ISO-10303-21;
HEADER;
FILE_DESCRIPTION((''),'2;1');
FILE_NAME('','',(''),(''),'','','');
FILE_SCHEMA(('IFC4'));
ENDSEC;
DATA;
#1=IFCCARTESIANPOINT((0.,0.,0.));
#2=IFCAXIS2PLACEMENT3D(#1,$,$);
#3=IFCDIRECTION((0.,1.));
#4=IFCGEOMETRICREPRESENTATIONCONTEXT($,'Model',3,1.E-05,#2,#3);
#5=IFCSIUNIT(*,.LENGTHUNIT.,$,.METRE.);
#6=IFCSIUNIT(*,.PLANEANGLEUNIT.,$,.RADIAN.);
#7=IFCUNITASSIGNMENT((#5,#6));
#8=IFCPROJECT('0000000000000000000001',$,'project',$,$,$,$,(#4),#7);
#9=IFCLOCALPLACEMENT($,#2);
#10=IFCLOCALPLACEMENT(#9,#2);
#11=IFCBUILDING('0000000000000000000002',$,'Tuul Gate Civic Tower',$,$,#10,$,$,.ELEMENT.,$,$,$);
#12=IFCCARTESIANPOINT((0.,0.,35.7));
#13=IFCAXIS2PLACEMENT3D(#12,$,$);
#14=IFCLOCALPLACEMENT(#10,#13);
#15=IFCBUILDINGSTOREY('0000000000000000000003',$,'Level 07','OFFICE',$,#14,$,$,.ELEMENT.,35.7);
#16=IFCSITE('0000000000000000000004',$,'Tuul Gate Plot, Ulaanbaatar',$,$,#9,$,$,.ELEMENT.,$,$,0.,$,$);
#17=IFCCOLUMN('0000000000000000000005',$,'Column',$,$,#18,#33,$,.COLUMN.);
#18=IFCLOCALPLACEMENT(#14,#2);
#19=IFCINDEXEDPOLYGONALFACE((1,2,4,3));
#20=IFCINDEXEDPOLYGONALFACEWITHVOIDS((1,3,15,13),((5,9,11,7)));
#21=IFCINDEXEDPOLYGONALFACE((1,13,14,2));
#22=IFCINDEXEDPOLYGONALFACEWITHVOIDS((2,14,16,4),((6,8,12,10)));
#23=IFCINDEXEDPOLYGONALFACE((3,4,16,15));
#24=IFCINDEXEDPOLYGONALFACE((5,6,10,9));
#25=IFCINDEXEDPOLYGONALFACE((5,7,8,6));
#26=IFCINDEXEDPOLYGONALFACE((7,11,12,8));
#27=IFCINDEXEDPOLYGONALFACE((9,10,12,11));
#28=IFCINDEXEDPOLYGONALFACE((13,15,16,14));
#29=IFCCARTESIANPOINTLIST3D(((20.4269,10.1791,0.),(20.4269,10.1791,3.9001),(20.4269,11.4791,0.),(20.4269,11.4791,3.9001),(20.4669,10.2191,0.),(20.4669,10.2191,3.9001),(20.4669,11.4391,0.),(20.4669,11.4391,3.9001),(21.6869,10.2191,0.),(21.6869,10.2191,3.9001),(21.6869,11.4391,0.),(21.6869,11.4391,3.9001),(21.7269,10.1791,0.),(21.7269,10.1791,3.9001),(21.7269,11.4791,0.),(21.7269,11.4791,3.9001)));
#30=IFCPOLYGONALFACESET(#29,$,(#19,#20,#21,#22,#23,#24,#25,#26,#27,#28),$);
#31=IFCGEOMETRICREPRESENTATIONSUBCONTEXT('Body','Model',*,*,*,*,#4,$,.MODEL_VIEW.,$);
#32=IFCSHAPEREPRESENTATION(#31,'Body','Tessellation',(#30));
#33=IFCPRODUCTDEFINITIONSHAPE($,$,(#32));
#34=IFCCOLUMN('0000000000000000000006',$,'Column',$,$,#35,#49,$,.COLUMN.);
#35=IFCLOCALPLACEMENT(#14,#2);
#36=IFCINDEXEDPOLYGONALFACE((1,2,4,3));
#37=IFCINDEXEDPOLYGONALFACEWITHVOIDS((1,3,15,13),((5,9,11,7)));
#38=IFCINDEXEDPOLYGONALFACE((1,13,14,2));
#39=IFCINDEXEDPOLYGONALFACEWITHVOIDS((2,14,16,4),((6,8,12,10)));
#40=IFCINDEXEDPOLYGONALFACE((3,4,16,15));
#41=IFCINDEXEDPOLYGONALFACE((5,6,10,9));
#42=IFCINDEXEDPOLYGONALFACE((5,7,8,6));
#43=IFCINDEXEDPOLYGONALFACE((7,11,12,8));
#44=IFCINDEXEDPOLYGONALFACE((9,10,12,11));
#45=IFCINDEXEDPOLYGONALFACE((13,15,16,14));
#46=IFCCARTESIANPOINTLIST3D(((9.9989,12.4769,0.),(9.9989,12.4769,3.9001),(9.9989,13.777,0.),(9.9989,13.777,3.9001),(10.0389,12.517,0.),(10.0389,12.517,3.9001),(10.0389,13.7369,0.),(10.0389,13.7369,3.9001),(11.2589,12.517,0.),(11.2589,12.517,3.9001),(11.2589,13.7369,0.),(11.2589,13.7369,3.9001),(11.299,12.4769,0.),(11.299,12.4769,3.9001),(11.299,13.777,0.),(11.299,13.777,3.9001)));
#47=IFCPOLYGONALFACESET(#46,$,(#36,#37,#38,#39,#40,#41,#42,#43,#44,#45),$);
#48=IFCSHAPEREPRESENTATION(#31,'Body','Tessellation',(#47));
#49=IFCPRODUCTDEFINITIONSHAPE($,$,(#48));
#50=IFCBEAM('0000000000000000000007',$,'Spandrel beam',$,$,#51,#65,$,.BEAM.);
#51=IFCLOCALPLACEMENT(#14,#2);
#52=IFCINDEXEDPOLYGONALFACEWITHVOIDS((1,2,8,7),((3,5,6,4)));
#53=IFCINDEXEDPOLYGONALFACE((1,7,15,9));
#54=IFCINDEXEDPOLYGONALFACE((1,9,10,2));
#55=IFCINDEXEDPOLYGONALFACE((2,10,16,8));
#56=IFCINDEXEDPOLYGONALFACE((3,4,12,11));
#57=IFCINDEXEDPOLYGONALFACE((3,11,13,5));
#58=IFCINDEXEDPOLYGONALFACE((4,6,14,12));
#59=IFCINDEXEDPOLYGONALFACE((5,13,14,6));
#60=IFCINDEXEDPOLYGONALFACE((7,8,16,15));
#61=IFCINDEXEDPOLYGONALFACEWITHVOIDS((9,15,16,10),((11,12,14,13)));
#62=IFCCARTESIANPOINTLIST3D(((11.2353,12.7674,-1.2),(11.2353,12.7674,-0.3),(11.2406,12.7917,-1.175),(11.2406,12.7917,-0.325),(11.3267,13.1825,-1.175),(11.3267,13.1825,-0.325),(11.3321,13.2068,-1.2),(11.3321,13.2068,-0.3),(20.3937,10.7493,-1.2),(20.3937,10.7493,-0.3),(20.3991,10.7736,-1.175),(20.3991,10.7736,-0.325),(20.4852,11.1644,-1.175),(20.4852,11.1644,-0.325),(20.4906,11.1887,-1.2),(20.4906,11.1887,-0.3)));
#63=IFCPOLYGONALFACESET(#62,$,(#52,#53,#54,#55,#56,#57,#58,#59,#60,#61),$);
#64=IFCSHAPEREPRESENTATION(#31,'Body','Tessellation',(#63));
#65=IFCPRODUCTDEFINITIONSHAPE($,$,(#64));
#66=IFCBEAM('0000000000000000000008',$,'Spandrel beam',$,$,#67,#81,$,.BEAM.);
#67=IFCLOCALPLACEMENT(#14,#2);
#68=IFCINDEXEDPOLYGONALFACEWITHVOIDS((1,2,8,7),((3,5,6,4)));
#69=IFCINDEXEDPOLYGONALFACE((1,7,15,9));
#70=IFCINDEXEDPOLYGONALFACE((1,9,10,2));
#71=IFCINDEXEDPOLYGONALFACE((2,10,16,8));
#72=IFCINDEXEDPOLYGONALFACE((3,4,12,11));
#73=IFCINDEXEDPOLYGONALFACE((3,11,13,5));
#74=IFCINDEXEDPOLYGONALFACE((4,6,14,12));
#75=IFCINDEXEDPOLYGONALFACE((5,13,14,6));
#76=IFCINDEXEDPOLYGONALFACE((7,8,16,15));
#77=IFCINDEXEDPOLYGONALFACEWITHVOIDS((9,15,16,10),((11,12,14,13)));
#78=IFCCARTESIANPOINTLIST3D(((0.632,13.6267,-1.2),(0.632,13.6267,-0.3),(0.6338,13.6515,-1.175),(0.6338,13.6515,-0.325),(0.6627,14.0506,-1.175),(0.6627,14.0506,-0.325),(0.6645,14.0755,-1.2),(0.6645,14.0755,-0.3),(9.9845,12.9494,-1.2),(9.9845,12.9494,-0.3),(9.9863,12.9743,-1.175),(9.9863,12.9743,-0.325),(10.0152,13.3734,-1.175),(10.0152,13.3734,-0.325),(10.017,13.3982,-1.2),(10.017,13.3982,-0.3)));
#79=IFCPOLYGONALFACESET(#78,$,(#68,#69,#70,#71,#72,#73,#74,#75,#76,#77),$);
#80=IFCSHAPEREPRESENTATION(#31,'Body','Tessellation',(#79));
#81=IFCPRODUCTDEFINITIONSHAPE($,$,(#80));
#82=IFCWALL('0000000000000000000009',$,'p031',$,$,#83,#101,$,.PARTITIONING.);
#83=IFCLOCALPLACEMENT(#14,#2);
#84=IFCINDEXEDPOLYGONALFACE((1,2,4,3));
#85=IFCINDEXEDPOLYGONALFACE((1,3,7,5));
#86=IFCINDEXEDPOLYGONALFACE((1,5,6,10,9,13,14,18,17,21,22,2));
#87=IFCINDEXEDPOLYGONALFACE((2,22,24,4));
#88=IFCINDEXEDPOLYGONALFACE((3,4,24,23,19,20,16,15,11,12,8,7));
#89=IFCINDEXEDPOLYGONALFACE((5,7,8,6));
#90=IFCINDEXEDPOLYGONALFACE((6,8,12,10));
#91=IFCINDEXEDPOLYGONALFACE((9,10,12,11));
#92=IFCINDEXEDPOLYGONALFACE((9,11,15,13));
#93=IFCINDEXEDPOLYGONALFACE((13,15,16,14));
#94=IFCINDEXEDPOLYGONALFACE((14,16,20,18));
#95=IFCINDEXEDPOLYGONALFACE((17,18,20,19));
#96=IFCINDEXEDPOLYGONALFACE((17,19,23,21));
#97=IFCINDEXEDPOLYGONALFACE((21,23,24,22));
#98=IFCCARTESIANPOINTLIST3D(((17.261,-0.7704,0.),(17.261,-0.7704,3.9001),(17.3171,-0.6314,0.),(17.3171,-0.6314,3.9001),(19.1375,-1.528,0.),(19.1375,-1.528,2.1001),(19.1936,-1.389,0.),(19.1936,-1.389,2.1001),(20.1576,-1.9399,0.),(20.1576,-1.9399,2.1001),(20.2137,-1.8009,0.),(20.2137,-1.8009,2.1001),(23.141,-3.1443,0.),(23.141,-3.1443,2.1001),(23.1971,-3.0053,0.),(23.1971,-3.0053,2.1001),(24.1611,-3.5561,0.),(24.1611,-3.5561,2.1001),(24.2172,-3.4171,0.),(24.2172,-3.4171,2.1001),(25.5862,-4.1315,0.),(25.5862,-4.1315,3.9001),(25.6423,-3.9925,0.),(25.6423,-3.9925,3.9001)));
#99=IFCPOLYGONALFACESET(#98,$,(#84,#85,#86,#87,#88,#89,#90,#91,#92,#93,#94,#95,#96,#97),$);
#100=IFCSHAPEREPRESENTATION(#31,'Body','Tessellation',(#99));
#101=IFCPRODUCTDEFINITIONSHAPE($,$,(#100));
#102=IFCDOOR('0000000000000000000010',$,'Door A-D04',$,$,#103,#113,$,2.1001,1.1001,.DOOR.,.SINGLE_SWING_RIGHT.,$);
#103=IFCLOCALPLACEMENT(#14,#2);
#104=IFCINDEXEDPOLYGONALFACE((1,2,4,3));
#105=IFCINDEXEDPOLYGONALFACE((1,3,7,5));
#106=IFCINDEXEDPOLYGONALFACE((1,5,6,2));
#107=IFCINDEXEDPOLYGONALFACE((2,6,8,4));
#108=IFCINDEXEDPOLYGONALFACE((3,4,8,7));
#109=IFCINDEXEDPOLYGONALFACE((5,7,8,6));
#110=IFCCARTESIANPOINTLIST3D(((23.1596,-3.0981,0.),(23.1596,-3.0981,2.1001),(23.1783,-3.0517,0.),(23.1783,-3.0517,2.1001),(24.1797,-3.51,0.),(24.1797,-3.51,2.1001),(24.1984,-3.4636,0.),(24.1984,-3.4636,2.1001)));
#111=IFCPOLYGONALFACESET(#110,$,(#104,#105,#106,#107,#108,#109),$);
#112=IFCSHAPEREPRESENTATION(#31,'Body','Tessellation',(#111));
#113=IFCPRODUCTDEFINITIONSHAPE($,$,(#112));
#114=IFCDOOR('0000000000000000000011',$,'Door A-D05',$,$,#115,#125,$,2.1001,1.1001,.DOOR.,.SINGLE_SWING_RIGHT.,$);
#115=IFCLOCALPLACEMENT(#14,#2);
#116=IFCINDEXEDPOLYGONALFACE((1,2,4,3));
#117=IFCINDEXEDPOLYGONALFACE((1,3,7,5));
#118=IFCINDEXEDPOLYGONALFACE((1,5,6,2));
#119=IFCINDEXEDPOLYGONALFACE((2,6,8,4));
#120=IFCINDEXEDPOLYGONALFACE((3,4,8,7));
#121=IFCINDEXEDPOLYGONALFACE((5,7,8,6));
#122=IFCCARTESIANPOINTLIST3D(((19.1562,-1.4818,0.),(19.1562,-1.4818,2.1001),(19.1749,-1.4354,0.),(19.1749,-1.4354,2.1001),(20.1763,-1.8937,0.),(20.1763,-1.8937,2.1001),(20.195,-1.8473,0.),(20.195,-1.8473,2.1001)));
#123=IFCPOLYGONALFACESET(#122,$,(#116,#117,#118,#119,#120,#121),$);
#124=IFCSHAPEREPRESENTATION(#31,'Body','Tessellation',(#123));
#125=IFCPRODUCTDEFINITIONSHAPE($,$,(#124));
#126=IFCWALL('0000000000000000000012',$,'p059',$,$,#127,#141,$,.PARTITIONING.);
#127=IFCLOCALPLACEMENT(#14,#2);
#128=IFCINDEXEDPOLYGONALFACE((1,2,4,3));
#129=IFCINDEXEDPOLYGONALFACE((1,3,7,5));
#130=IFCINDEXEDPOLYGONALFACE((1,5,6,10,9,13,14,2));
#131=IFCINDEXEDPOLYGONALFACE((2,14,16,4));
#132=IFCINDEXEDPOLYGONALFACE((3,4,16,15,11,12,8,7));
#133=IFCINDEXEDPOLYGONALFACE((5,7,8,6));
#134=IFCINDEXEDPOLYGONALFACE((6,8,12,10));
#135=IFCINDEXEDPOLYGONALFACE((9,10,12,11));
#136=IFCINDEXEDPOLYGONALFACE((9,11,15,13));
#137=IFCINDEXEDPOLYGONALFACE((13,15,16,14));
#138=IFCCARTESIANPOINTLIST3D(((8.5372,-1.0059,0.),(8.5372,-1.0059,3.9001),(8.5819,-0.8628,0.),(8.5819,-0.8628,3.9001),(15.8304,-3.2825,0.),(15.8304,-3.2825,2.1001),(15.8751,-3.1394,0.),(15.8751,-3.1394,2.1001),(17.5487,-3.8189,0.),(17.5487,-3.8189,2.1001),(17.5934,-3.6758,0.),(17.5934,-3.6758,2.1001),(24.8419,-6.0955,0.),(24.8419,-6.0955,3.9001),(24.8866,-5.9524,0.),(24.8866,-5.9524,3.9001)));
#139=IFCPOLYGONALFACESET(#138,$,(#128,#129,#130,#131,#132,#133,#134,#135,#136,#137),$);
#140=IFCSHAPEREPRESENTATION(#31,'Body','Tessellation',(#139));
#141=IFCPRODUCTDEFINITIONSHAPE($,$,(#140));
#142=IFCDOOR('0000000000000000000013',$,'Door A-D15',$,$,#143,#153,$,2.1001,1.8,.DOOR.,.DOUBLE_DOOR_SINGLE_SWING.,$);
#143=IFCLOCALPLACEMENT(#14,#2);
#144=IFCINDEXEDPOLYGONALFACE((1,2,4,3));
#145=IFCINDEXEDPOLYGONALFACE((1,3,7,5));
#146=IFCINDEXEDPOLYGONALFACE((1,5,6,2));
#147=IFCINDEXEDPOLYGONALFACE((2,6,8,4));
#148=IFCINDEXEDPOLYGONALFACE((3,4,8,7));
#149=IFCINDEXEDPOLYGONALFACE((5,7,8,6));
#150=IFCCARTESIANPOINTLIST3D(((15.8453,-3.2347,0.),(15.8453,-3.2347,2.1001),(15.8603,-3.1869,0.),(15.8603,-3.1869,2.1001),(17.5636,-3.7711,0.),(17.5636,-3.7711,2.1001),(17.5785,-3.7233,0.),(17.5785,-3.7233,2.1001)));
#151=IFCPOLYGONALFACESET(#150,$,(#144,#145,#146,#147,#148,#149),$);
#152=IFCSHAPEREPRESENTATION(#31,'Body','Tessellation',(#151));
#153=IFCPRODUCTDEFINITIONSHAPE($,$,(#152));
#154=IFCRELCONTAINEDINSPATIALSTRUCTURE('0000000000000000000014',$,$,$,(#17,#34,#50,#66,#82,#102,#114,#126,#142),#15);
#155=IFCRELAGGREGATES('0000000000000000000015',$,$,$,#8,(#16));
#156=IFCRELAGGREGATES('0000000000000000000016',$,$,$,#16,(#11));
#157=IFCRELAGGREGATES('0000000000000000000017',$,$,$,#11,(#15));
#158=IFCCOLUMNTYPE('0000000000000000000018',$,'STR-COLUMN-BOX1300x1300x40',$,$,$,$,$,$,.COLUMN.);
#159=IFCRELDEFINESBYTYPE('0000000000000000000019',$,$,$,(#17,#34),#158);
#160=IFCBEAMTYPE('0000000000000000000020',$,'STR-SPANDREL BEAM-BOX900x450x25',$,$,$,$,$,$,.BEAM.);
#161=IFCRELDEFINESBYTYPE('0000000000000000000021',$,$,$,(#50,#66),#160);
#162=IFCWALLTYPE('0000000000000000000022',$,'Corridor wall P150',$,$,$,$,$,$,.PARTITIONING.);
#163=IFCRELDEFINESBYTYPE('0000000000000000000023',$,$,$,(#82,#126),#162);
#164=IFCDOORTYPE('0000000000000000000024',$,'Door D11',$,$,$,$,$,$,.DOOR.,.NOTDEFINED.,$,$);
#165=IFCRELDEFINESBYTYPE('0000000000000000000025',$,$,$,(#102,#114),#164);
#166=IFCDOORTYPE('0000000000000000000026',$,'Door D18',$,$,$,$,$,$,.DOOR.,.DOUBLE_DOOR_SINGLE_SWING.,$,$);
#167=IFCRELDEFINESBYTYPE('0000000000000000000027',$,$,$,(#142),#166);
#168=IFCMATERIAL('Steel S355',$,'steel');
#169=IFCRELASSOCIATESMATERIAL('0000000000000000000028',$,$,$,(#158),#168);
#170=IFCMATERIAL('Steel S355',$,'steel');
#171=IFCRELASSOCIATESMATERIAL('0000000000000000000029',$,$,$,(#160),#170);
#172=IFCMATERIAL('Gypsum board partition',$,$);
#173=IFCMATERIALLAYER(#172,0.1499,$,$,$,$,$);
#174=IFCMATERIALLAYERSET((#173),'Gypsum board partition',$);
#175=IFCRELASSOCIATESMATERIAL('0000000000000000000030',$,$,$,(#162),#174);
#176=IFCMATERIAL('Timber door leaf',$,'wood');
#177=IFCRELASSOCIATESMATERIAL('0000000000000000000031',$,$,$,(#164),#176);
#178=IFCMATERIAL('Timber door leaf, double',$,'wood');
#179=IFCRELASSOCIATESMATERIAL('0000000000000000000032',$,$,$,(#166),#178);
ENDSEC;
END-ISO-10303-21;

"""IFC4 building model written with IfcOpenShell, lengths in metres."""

from ifc_helpers import new_model, si_unit, direction, frame, frame_2d, origin, origin_2d, place, context, subcontext, project, spatial, rectangle, hollow_rectangle, extrude, material, layer, layer_set, material_profile, profile_set, type_object, element, fill, save


model = new_model("IFC4")

# Units and contexts
model_context = context("Model", 3, precision=1e-05, world=origin(), true_north=direction((0.0, 1.0)))
body_context = subcontext(model_context, "Body", "Model", "MODEL_VIEW")
ifc_project = project(units=[si_unit("LENGTHUNIT", "METRE"), si_unit("PLANEANGLEUNIT", "RADIAN")], contexts=[model_context])

# Site, building, storey
site_placement = place(None, origin())
site = spatial("IfcSite", under=ifc_project, at=site_placement, Name="Tuul Gate Plot, Ulaanbaatar", CompositionType="ELEMENT", RefElevation=0.0)
building_placement = place(site_placement, origin())
building = spatial("IfcBuilding", under=site, at=building_placement, Name="Tuul Gate Civic Tower", CompositionType="ELEMENT")
storey_placement = place(building_placement, frame((0.0, 0.0, 35.7)))
storey = spatial("IfcBuildingStorey", under=building, at=storey_placement, Name="Level 07", Description="OFFICE", CompositionType="ELEMENT", Elevation=35.7)

# Columns
ifc_material_1 = material(Name="Steel S355", Category="steel")
ifc_material_profile_1 = material_profile(ifc_material_1, hollow_rectangle(XDim=1.3, YDim=1.3, WallThickness=0.04, at=origin_2d()), Name="BOX1300x1300x40")
ifc_profile_set_1 = profile_set([ifc_material_profile_1], Name="Steel S355")
column_type = type_object("IfcColumnType", Name="STR-COLUMN-BOX1300x1300x40", PredefinedType="COLUMN", material=ifc_profile_set_1)
for number, where, z_axis, x_axis, name in (
    (1, (21.0769, 10.8291, 0.0), (0.0, 0.0, 1.0), (1.0, 0.0, 0.0), "Column"),
    (2, (10.6489, 13.127, 0.0), (0.0, 0.0, 1.0), (1.0, 0.0, 0.0), "Column"),
):
    element("IfcColumn", number, at=place(storey_placement, frame(where, z_axis=z_axis, x_axis=x_axis)), inside=storey, type_object=column_type, Name=name, PredefinedType="COLUMN", context=body_context, shape_type="SweptSolid", body=[
        extrude(hollow_rectangle(XDim=1.3, YDim=1.3, WallThickness=0.04, at=origin_2d()), origin(), (0.0, 0.0, 1.0), 3.9001),
    ])

# Beams
ifc_material_2 = material(Name="Steel S355", Category="steel")
ifc_material_profile_2 = material_profile(ifc_material_2, hollow_rectangle(XDim=0.45, YDim=0.8999, WallThickness=0.0249, at=origin_2d()), Name="BOX900x450x25")
ifc_profile_set_2 = profile_set([ifc_material_profile_2], Name="Steel S355")
beam_type = type_object("IfcBeamType", Name="STR-SPANDREL BEAM-BOX900x450x25", PredefinedType="BEAM", material=ifc_profile_set_2)
beam_1_placement = place(storey_placement, frame((20.4421, 10.969, -0.75), z_axis=(-0.976573, 0.215188, 0.0), x_axis=(-0.215188, -0.976573, 0.0)))
element("IfcBeam", 3, at=beam_1_placement, inside=storey, type_object=beam_type, Name="Spandrel beam", PredefinedType="BEAM", context=body_context, shape_type="SweptSolid", body=[
    extrude(hollow_rectangle(XDim=0.45, YDim=0.8999, WallThickness=0.0249, at=origin_2d()), origin(), (0.0, 0.0, 1.0), 9.3782),
])
beam_2_placement = place(storey_placement, frame((10.0007, 13.1738, -0.75), z_axis=(-0.997388, 0.072224, 0.0), x_axis=(-0.072224, -0.997388, 0.0)))
element("IfcBeam", 4, at=beam_2_placement, inside=storey, type_object=beam_type, Name="Spandrel beam", PredefinedType="BEAM", context=body_context, shape_type="SweptSolid", body=[
    extrude(hollow_rectangle(XDim=0.45, YDim=0.8999, WallThickness=0.0249, at=origin_2d()), origin(), (0.0, 0.0, 1.0), 9.377),
])

# Wall, openings, doors
ifc_material_3 = material(Name="Gypsum board partition")
ifc_layer_1 = layer(ifc_material_3, 0.1499)
ifc_layer_set_1 = layer_set([ifc_layer_1], Name="Gypsum board partition")
wall_type_1 = type_object("IfcWallType", Name="Corridor wall P150", PredefinedType="PARTITIONING", material=ifc_layer_set_1)
wall_1_placement = place(storey_placement, frame((17.2891, -0.7009, 0.0), z_axis=(0.0, 0.0, 1.0), x_axis=(0.927281, -0.374366, 0.0)))
wall_1 = element("IfcWall", 5, at=wall_1_placement, inside=storey, type_object=wall_type_1, Name="p031", PredefinedType="PARTITIONING", context=body_context, shape_type="SweptSolid", body=[
    extrude(rectangle(XDim=8.978, YDim=0.1499, at=frame_2d((4.489, 0.0))), origin(), (0.0, 0.0, 1.0), 3.9001),
])
opening_1_placement = place(wall_1_placement, frame((6.3411, 0.0, 0.0)))
opening_1 = element("IfcOpeningElement", 6, at=opening_1_placement, cuts=wall_1, PredefinedType="OPENING", context=body_context, shape_type="SweptSolid", body=[
    extrude(rectangle(XDim=1.1001, YDim=2.1001, at=frame_2d((0.55, 1.05))), frame((0.0, 0.085, 0.0), z_axis=(0.0, -1.0, 0.0), x_axis=(1.0, 0.0, 0.0)), (0.0, 0.0, 1.0), 0.1699),
])
opening_2_placement = place(wall_1_placement, frame((2.0237, 0.0, 0.0)))
opening_2 = element("IfcOpeningElement", 7, at=opening_2_placement, cuts=wall_1, PredefinedType="OPENING", context=body_context, shape_type="SweptSolid", body=[
    extrude(rectangle(XDim=1.1001, YDim=2.1001, at=frame_2d((0.55, 1.05))), frame((0.0, 0.085, 0.0), z_axis=(0.0, -1.0, 0.0), x_axis=(1.0, 0.0, 0.0)), (0.0, 0.0, 1.0), 0.1699),
])
ifc_material_4 = material(Name="Timber door leaf", Category="wood")
door_type_1 = type_object("IfcDoorType", Name="Door D11", OperationType="NOTDEFINED", PredefinedType="DOOR", material=ifc_material_4)
door_1_placement = place(opening_1_placement, origin())
door_1 = element("IfcDoor", 8, at=door_1_placement, inside=storey, type_object=door_type_1, Name="Door A-D04", OperationType="SINGLE_SWING_RIGHT", OverallHeight=2.1001, OverallWidth=1.1001, PredefinedType="DOOR", context=body_context, shape_type="SweptSolid", body=[
    extrude(rectangle(XDim=1.1001, YDim=2.1001, at=frame_2d((0.55, 1.05))), frame((0.0, 0.0249, 0.0), z_axis=(0.0, -1.0, 0.0), x_axis=(1.0, 0.0, 0.0)), (0.0, 0.0, 1.0), 0.05),
])
fill(opening_1, door_1)
door_2_placement = place(opening_2_placement, origin())
door_2 = element("IfcDoor", 9, at=door_2_placement, inside=storey, type_object=door_type_1, Name="Door A-D05", OperationType="SINGLE_SWING_RIGHT", OverallHeight=2.1001, OverallWidth=1.1001, PredefinedType="DOOR", context=body_context, shape_type="SweptSolid", body=[
    extrude(rectangle(XDim=1.1001, YDim=2.1001, at=frame_2d((0.55, 1.05))), frame((0.0, 0.0249, 0.0), z_axis=(0.0, -1.0, 0.0), x_axis=(1.0, 0.0, 0.0)), (0.0, 0.0, 1.0), 0.05),
])
fill(opening_2, door_2)

# Wall, opening, door
wall_2_placement = place(storey_placement, frame((8.5596, -0.9343, 0.0), z_axis=(0.0, 0.0, 1.0), x_axis=(0.954574, -0.297975, 0.0)))
wall_2 = element("IfcWall", 10, at=wall_2_placement, inside=storey, type_object=wall_type_1, Name="p059", PredefinedType="PARTITIONING", context=body_context, shape_type="SweptSolid", body=[
    extrude(rectangle(XDim=17.0806, YDim=0.1499, at=frame_2d((8.5403, 0.0))), origin(), (0.0, 0.0, 1.0), 3.9001),
])
opening_3_placement = place(wall_2_placement, frame((7.6404, 0.0, 0.0)))
opening_3 = element("IfcOpeningElement", 11, at=opening_3_placement, cuts=wall_2, PredefinedType="OPENING", context=body_context, shape_type="SweptSolid", body=[
    extrude(rectangle(XDim=1.8, YDim=2.1001, at=frame_2d((0.8999, 1.05))), frame((0.0, 0.085, 0.0), z_axis=(0.0, -1.0, 0.0), x_axis=(1.0, 0.0, 0.0)), (0.0, 0.0, 1.0), 0.1699),
])
ifc_material_5 = material(Name="Timber door leaf, double", Category="wood")
door_type_2 = type_object("IfcDoorType", Name="Door D18", OperationType="DOUBLE_DOOR_SINGLE_SWING", PredefinedType="DOOR", material=ifc_material_5)
door_3_placement = place(opening_3_placement, frame((1.8, 0.0, 0.0), z_axis=(0.0, 0.0, 1.0), x_axis=(-1.0, 0.0, 0.0)))
door_3 = element("IfcDoor", 12, at=door_3_placement, inside=storey, type_object=door_type_2, Name="Door A-D15", OperationType="DOUBLE_DOOR_SINGLE_SWING", OverallHeight=2.1001, OverallWidth=1.8, PredefinedType="DOOR", context=body_context, shape_type="SweptSolid", body=[
    extrude(rectangle(XDim=1.8, YDim=2.1001, at=frame_2d((0.9001, 1.05))), frame((0.0, 0.0249, 0.0), z_axis=(0.0, -1.0, 0.0), x_axis=(1.0, 0.0, 0.0)), (0.0, 0.0, 1.0), 0.05),
])
fill(opening_3, door_3)

save(model, "model.ifc")
